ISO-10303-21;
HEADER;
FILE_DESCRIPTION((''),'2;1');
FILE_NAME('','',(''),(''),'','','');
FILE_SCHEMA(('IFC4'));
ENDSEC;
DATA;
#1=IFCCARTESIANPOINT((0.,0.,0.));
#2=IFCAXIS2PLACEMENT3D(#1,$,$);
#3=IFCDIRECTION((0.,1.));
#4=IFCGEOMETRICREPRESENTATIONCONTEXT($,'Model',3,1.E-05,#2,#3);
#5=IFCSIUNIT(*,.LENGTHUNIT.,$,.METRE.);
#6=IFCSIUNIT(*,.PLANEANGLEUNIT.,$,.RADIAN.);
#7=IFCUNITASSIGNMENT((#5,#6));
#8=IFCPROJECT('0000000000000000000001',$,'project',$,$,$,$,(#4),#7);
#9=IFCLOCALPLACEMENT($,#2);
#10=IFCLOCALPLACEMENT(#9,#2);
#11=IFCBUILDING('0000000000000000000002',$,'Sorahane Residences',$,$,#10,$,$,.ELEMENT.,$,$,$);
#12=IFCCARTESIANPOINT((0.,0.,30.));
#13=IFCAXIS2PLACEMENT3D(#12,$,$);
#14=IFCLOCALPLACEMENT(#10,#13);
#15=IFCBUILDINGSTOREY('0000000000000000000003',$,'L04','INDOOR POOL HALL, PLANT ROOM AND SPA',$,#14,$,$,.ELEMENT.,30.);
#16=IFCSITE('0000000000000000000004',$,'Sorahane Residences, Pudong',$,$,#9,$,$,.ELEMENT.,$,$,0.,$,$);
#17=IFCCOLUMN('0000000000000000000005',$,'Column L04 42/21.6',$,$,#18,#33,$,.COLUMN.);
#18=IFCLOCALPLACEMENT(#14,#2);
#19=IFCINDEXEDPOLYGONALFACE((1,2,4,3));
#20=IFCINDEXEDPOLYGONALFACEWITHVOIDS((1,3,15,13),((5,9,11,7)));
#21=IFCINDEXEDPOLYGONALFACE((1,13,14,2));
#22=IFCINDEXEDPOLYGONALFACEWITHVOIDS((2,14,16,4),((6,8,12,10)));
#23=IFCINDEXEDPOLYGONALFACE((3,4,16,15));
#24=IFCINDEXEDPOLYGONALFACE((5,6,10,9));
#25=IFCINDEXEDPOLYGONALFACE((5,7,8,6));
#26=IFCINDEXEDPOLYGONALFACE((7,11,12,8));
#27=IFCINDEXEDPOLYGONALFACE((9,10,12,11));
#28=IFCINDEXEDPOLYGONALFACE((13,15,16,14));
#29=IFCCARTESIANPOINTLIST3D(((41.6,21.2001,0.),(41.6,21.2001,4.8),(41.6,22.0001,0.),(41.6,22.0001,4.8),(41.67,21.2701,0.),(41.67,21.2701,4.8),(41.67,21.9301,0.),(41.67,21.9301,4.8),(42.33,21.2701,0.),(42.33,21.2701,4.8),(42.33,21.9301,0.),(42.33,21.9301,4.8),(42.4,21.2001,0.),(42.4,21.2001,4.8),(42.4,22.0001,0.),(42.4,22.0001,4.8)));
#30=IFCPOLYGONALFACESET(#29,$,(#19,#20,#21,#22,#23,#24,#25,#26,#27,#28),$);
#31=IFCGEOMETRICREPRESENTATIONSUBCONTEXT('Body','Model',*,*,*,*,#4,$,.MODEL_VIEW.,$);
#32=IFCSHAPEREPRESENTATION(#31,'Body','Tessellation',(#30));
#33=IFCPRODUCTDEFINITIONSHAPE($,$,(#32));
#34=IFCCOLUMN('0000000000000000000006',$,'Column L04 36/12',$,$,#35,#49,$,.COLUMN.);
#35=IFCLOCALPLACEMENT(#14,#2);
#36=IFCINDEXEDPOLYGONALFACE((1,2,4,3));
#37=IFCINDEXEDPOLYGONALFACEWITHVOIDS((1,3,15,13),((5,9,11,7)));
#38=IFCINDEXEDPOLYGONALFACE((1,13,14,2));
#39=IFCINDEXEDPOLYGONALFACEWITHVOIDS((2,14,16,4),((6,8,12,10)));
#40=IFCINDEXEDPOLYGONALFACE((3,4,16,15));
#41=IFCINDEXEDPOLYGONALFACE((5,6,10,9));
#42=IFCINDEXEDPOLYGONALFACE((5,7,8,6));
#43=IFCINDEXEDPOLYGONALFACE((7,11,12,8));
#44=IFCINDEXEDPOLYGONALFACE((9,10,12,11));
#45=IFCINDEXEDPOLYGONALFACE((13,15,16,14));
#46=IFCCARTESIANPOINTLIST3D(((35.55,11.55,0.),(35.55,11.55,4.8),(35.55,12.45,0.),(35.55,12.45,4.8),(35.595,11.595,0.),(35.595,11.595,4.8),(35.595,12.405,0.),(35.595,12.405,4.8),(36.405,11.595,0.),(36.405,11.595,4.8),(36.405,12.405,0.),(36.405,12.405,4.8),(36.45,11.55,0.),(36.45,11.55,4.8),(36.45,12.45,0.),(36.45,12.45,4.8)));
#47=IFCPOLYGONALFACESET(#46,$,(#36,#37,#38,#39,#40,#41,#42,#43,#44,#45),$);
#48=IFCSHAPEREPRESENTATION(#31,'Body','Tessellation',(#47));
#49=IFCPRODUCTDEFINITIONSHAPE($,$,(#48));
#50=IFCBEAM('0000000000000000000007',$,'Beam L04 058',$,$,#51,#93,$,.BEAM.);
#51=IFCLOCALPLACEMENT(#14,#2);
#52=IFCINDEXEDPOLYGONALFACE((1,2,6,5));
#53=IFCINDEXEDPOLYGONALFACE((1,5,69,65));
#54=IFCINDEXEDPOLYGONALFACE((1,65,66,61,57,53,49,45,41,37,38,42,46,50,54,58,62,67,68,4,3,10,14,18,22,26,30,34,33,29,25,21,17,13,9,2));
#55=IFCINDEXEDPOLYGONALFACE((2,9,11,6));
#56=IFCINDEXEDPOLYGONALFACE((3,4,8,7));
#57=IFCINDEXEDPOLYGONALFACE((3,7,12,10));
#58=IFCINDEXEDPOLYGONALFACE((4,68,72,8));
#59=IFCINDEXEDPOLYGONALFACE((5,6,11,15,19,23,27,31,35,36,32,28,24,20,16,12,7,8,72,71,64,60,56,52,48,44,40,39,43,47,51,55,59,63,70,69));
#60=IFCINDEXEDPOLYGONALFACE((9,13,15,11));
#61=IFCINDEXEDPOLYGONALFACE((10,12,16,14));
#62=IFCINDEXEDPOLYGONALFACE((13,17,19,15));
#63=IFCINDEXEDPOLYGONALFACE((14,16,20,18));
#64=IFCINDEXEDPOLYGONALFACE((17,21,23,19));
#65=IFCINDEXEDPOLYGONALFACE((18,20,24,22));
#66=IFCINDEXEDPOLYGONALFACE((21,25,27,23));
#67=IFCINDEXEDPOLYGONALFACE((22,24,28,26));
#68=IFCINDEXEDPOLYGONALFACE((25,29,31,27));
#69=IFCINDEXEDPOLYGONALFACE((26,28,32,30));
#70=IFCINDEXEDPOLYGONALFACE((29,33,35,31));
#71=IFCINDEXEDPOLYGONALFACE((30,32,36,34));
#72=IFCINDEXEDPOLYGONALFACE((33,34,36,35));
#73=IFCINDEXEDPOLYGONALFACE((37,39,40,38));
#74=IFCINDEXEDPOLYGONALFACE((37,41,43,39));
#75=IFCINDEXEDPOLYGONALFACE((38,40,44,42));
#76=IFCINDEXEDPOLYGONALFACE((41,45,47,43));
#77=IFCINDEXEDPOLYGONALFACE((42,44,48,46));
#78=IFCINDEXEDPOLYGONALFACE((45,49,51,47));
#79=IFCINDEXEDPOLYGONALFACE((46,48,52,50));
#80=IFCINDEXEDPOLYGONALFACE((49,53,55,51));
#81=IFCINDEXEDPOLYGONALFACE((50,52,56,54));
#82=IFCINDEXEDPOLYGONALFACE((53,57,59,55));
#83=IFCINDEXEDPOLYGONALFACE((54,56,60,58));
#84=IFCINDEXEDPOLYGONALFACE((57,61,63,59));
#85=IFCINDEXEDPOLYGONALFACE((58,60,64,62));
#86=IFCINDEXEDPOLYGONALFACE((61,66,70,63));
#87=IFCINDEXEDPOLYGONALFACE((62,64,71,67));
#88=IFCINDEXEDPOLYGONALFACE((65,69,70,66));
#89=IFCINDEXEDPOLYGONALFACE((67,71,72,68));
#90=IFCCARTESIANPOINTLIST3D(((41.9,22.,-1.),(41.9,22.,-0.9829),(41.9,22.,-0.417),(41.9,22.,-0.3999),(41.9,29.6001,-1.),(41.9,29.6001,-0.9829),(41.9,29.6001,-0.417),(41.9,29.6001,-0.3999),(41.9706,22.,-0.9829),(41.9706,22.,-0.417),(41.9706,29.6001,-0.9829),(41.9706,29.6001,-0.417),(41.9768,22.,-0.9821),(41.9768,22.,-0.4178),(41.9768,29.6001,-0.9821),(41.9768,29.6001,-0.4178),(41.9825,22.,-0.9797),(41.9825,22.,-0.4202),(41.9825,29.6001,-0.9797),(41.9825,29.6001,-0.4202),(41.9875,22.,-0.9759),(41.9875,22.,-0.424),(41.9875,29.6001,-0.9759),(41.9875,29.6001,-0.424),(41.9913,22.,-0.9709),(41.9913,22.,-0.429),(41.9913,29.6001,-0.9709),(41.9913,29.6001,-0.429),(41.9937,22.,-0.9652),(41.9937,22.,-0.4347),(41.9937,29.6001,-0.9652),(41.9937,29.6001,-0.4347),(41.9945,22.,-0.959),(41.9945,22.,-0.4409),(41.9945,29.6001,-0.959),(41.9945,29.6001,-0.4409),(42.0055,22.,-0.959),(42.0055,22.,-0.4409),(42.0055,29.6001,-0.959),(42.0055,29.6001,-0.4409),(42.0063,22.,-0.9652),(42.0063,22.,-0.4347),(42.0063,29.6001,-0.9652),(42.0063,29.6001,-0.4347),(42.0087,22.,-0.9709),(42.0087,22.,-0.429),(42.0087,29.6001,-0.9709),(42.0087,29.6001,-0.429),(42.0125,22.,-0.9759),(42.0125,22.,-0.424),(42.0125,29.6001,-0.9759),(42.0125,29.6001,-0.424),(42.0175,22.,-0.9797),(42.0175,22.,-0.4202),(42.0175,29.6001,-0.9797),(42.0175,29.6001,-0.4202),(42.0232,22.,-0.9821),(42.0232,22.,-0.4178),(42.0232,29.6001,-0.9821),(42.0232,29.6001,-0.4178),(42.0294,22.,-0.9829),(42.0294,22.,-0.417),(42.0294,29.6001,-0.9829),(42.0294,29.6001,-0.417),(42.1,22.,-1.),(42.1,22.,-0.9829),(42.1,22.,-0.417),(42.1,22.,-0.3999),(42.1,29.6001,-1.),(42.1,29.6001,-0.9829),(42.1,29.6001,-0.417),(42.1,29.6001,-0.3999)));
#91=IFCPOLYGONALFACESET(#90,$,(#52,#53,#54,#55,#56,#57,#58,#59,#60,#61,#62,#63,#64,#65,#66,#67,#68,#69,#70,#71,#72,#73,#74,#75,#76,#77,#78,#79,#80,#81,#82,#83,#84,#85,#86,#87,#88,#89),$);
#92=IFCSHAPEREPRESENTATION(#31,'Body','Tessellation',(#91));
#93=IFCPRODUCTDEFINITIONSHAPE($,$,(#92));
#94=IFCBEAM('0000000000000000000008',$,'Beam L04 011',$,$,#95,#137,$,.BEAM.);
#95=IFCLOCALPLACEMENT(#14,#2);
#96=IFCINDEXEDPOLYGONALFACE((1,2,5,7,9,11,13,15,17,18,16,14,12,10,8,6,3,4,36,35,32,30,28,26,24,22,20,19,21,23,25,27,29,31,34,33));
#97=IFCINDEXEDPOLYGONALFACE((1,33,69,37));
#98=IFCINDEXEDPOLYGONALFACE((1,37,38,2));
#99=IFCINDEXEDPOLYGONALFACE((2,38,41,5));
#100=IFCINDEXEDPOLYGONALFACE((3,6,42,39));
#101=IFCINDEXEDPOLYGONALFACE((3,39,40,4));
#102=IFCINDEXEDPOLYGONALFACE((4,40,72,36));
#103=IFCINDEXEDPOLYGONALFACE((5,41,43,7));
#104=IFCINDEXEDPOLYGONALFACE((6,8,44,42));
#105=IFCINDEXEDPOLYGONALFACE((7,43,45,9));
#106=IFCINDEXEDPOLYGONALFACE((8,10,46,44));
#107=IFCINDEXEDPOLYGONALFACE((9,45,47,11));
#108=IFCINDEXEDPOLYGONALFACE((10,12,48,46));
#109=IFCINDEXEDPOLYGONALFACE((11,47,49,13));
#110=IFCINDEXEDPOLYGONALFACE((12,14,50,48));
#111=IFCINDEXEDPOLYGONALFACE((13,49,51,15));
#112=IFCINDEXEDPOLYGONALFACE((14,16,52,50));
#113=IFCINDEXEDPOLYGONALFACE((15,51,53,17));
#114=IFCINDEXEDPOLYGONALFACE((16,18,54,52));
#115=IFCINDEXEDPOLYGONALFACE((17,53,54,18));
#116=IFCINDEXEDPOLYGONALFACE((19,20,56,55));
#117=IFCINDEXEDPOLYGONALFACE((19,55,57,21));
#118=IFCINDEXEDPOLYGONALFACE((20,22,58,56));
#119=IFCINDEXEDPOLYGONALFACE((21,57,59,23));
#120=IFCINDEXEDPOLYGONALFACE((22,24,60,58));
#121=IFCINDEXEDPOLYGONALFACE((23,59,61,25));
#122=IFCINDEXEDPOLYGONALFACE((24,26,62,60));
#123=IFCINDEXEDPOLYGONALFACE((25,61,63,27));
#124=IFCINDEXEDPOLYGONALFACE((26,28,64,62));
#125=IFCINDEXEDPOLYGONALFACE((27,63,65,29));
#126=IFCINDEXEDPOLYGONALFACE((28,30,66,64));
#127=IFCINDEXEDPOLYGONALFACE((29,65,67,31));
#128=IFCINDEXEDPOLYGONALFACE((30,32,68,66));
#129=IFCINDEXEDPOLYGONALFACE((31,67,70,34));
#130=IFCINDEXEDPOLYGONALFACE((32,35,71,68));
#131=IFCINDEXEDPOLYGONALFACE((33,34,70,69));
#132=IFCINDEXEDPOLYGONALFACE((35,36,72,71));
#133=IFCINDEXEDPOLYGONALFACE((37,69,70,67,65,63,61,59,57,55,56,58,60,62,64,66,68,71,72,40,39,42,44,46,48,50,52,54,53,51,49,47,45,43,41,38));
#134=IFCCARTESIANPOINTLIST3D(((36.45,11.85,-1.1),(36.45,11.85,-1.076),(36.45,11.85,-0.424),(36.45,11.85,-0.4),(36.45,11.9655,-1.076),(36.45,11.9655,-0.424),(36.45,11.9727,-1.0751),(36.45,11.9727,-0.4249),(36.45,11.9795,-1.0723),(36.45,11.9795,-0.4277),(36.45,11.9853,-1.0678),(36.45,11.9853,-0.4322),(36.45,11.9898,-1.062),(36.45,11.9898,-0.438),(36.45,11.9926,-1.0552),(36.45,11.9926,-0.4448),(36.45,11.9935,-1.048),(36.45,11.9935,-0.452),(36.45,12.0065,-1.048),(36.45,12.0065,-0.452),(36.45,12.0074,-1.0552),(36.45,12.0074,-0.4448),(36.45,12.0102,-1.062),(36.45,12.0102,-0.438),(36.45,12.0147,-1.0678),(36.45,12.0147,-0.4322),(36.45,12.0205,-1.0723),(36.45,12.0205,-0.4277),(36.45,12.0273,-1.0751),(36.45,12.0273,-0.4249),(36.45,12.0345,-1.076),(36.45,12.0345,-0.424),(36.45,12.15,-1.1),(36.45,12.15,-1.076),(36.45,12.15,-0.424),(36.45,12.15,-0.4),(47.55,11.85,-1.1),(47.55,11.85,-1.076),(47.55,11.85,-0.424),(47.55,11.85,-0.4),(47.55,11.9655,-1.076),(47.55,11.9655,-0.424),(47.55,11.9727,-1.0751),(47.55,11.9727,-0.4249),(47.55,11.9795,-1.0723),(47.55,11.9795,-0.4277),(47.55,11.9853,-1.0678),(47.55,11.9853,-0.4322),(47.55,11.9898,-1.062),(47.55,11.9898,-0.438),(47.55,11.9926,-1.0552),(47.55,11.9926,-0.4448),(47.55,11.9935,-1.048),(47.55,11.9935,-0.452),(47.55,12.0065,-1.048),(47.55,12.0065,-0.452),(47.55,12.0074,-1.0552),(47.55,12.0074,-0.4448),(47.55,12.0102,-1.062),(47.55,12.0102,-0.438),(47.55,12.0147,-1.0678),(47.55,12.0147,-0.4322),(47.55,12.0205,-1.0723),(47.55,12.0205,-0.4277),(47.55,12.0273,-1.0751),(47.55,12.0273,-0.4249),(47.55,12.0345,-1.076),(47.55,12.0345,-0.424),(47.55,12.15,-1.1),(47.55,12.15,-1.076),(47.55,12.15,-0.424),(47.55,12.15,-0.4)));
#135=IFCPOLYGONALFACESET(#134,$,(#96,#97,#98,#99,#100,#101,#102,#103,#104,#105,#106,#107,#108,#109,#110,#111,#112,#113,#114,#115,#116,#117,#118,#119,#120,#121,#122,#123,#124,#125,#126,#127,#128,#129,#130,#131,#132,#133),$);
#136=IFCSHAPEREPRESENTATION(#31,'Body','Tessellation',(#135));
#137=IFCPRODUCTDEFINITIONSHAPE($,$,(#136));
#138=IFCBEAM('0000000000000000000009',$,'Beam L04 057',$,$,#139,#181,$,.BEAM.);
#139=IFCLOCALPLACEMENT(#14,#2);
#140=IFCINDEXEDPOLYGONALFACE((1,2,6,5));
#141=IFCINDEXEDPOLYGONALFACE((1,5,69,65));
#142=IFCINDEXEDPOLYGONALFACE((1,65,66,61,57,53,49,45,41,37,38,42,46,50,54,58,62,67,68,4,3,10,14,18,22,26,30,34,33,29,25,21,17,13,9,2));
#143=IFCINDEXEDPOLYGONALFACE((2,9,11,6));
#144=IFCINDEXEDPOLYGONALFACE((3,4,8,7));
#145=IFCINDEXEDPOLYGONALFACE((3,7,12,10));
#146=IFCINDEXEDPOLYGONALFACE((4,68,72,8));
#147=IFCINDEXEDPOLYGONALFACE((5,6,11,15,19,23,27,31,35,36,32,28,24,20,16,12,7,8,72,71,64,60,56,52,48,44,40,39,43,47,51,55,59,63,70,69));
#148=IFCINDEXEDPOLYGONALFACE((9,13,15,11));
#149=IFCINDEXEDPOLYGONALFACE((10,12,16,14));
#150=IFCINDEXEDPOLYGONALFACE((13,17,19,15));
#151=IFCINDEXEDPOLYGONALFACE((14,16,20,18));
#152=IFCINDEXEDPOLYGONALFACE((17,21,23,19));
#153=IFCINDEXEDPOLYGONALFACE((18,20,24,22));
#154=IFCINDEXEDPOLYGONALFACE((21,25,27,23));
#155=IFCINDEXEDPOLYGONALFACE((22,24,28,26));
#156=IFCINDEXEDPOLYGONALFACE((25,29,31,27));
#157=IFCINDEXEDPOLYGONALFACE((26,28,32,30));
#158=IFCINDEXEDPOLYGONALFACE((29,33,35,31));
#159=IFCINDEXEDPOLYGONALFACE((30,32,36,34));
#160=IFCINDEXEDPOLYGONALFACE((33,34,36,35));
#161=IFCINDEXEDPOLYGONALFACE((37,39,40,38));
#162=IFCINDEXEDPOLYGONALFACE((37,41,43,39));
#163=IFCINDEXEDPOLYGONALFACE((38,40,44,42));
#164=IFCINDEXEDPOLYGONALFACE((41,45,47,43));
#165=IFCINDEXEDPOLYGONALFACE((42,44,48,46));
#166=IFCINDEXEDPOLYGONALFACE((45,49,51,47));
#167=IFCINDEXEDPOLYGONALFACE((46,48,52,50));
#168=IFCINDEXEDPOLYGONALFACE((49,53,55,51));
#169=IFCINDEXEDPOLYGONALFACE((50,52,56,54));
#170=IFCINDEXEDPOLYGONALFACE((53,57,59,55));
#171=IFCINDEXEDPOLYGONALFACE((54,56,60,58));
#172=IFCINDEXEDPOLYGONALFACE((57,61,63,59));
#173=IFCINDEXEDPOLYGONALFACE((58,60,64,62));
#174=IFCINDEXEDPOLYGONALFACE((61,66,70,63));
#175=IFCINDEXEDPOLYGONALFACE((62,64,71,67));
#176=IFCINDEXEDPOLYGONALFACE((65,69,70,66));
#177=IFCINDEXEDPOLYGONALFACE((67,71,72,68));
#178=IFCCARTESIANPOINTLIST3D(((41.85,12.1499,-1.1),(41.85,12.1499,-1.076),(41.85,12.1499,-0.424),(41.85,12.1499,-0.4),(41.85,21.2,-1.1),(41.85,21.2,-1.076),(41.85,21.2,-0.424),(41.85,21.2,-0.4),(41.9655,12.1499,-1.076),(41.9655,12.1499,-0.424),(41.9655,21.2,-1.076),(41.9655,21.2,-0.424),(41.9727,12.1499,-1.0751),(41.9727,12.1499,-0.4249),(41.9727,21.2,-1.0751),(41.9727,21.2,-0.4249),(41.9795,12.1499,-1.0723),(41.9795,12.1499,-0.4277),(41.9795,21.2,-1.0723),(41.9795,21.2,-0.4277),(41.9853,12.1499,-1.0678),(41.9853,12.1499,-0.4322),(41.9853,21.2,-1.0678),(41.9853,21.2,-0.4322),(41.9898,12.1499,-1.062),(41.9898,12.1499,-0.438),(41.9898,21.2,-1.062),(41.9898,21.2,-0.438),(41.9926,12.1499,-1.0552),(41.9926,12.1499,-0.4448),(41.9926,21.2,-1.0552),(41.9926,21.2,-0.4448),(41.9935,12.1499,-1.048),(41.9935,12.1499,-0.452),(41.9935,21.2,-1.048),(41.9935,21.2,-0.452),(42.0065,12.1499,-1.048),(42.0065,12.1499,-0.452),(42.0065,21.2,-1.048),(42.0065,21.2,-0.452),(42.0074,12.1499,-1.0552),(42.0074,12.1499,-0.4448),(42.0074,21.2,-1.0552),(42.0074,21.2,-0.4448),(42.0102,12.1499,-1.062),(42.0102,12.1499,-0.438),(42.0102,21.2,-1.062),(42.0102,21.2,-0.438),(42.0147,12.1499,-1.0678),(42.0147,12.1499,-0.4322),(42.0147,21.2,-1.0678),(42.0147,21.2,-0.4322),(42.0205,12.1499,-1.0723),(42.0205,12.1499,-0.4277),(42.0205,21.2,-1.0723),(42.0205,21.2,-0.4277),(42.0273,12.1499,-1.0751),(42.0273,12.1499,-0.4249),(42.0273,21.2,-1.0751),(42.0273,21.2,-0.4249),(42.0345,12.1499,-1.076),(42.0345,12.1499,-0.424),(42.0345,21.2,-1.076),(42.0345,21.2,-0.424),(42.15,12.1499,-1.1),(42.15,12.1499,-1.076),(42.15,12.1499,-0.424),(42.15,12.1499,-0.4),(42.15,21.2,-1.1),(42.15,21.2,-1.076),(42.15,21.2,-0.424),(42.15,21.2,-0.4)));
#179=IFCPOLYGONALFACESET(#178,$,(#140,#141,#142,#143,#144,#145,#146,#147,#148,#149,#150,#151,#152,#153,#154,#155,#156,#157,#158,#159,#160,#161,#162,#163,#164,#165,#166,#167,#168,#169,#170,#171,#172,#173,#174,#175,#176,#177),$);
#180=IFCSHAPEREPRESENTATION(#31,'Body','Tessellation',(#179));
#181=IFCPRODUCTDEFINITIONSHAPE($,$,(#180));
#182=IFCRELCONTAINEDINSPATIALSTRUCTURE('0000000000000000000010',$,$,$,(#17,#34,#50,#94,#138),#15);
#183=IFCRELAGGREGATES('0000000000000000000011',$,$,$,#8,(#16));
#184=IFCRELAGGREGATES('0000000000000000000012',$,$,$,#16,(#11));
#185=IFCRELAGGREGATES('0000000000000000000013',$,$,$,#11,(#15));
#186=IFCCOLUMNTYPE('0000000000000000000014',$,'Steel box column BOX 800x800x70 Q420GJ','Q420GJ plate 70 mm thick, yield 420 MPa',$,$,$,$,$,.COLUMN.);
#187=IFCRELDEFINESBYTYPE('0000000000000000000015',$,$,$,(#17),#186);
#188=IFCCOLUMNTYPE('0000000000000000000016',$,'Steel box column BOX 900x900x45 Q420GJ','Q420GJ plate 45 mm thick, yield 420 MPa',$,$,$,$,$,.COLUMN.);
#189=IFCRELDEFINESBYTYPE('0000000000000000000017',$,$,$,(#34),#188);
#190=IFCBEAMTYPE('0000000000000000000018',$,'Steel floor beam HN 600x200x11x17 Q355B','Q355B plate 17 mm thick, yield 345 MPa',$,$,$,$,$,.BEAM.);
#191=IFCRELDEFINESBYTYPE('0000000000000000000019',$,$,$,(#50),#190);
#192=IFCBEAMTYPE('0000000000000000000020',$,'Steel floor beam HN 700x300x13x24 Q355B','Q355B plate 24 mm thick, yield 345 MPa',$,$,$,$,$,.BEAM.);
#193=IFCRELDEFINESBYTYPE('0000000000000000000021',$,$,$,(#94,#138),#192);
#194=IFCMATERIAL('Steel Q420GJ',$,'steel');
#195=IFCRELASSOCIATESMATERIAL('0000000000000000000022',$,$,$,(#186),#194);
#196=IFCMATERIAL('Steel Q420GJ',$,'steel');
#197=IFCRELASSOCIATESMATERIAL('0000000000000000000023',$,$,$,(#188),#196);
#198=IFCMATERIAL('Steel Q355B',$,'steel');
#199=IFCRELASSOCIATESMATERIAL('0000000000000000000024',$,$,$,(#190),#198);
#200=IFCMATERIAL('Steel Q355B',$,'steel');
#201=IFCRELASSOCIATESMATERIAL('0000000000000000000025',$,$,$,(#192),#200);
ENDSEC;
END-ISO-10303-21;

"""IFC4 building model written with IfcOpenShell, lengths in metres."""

from ifc_helpers import new_model, si_unit, direction, frame, origin, origin_2d, place, context, subcontext, project, spatial, hollow_rectangle, i_section, extrude, material, material_profile, profile_set, type_object, element, save


model = new_model("IFC4")

# Units and contexts
model_context = context("Model", 3, precision=1e-05, world=origin(), true_north=direction((0.0, 1.0)))
body_context = subcontext(model_context, "Body", "Model", "MODEL_VIEW")
ifc_project = project(units=[si_unit("LENGTHUNIT", "METRE"), si_unit("PLANEANGLEUNIT", "RADIAN")], contexts=[model_context])

# Site, building, storey
site_placement = place(None, origin())
site = spatial("IfcSite", under=ifc_project, at=site_placement, Name="Sorahane Residences, Pudong", CompositionType="ELEMENT", RefElevation=0.0)
building_placement = place(site_placement, origin())
building = spatial("IfcBuilding", under=site, at=building_placement, Name="Sorahane Residences", CompositionType="ELEMENT")
storey_placement = place(building_placement, frame((0.0, 0.0, 30.0)))
storey = spatial("IfcBuildingStorey", under=building, at=storey_placement, Name="L04", Description="INDOOR POOL HALL, PLANT ROOM AND SPA", CompositionType="ELEMENT", Elevation=30.0)

# Columns
ifc_material_1 = material(Name="Steel Q420GJ", Category="steel")
ifc_material_profile_1 = material_profile(ifc_material_1, hollow_rectangle(XDim=0.8, YDim=0.8, WallThickness=0.0701, at=origin_2d()), Name="BOX 800x800x70")
ifc_profile_set_1 = profile_set([ifc_material_profile_1], Name="Steel Q420GJ")
column_type_1 = type_object("IfcColumnType", Name="Steel box column BOX 800x800x70 Q420GJ", Description="Q420GJ plate 70 mm thick, yield 420 MPa", PredefinedType="COLUMN", material=ifc_profile_set_1)
column_1_placement = place(storey_placement, frame((42.0, 21.6001, 0.0), z_axis=(0.0, 0.0, 1.0), x_axis=(1.0, 0.0, 0.0)))
element("IfcColumn", 1, at=column_1_placement, inside=storey, type_object=column_type_1, Name="Column L04 42/21.6", PredefinedType="COLUMN", context=body_context, shape_type="SweptSolid", body=[
    extrude(hollow_rectangle(XDim=0.8, YDim=0.8, WallThickness=0.0701, at=origin_2d()), origin(), (0.0, 0.0, 1.0), 4.8),
])
ifc_material_2 = material(Name="Steel Q420GJ", Category="steel")
ifc_material_profile_2 = material_profile(ifc_material_2, hollow_rectangle(XDim=0.8999, YDim=0.8999, WallThickness=0.0449, at=origin_2d()), Name="BOX 900x900x45")
ifc_profile_set_2 = profile_set([ifc_material_profile_2], Name="Steel Q420GJ")
column_type_2 = type_object("IfcColumnType", Name="Steel box column BOX 900x900x45 Q420GJ", Description="Q420GJ plate 45 mm thick, yield 420 MPa", PredefinedType="COLUMN", material=ifc_profile_set_2)
column_2_placement = place(storey_placement, frame((36.0, 12.0, 0.0), z_axis=(0.0, 0.0, 1.0), x_axis=(1.0, 0.0, 0.0)))
element("IfcColumn", 2, at=column_2_placement, inside=storey, type_object=column_type_2, Name="Column L04 36/12", PredefinedType="COLUMN", context=body_context, shape_type="SweptSolid", body=[
    extrude(hollow_rectangle(XDim=0.8999, YDim=0.8999, WallThickness=0.0449, at=origin_2d()), origin(), (0.0, 0.0, 1.0), 4.8),
])

# Beams
ifc_material_3 = material(Name="Steel Q355B", Category="steel")
ifc_material_profile_3 = material_profile(ifc_material_3, i_section(OverallWidth=0.2, OverallDepth=0.6001, WebThickness=0.011, FlangeThickness=0.0171, FilletRadius=0.0239, at=origin_2d()), Name="HN 600x200x11x17")
ifc_profile_set_3 = profile_set([ifc_material_profile_3], Name="Steel Q355B")
beam_type_1 = type_object("IfcBeamType", Name="Steel floor beam HN 600x200x11x17 Q355B", Description="Q355B plate 17 mm thick, yield 345 MPa", PredefinedType="BEAM", material=ifc_profile_set_3)
beam_1_placement = place(storey_placement, frame((42.0, 22.0, -0.7), z_axis=(0.0, 1.0, 0.0), x_axis=(-1.0, 0.0, 0.0)))
element("IfcBeam", 3, at=beam_1_placement, inside=storey, type_object=beam_type_1, Name="Beam L04 058", PredefinedType="BEAM", context=body_context, shape_type="SweptSolid", body=[
    extrude(i_section(OverallWidth=0.2, OverallDepth=0.6001, WebThickness=0.011, FlangeThickness=0.0171, FilletRadius=0.0239, at=origin_2d()), origin(), (0.0, 0.0, 1.0), 7.6001),
])
ifc_material_4 = material(Name="Steel Q355B", Category="steel")
ifc_material_profile_4 = material_profile(ifc_material_4, i_section(OverallWidth=0.3, OverallDepth=0.7, WebThickness=0.0129, FlangeThickness=0.0239, FilletRadius=0.0281, at=origin_2d()), Name="HN 700x300x13x24")
ifc_profile_set_4 = profile_set([ifc_material_profile_4], Name="Steel Q355B")
beam_type_2 = type_object("IfcBeamType", Name="Steel floor beam HN 700x300x13x24 Q355B", Description="Q355B plate 24 mm thick, yield 345 MPa", PredefinedType="BEAM", material=ifc_profile_set_4)
beam_2_placement = place(storey_placement, frame((36.45, 12.0, -0.75), z_axis=(1.0, 0.0, 0.0), x_axis=(0.0, 1.0, 0.0)))
element("IfcBeam", 4, at=beam_2_placement, inside=storey, type_object=beam_type_2, Name="Beam L04 011", PredefinedType="BEAM", context=body_context, shape_type="SweptSolid", body=[
    extrude(i_section(OverallWidth=0.3, OverallDepth=0.7, WebThickness=0.0129, FlangeThickness=0.0239, FilletRadius=0.0281, at=origin_2d()), origin(), (0.0, 0.0, 1.0), 11.1001),
])
beam_3_placement = place(storey_placement, frame((42.0, 12.1499, -0.75), z_axis=(0.0, 1.0, 0.0), x_axis=(-1.0, 0.0, 0.0)))
element("IfcBeam", 5, at=beam_3_placement, inside=storey, type_object=beam_type_2, Name="Beam L04 057", PredefinedType="BEAM", context=body_context, shape_type="SweptSolid", body=[
    extrude(i_section(OverallWidth=0.3, OverallDepth=0.7, WebThickness=0.0129, FlangeThickness=0.0239, FilletRadius=0.0281, at=origin_2d()), origin(), (0.0, 0.0, 1.0), 9.05),
])

save(model, "model.ifc")
